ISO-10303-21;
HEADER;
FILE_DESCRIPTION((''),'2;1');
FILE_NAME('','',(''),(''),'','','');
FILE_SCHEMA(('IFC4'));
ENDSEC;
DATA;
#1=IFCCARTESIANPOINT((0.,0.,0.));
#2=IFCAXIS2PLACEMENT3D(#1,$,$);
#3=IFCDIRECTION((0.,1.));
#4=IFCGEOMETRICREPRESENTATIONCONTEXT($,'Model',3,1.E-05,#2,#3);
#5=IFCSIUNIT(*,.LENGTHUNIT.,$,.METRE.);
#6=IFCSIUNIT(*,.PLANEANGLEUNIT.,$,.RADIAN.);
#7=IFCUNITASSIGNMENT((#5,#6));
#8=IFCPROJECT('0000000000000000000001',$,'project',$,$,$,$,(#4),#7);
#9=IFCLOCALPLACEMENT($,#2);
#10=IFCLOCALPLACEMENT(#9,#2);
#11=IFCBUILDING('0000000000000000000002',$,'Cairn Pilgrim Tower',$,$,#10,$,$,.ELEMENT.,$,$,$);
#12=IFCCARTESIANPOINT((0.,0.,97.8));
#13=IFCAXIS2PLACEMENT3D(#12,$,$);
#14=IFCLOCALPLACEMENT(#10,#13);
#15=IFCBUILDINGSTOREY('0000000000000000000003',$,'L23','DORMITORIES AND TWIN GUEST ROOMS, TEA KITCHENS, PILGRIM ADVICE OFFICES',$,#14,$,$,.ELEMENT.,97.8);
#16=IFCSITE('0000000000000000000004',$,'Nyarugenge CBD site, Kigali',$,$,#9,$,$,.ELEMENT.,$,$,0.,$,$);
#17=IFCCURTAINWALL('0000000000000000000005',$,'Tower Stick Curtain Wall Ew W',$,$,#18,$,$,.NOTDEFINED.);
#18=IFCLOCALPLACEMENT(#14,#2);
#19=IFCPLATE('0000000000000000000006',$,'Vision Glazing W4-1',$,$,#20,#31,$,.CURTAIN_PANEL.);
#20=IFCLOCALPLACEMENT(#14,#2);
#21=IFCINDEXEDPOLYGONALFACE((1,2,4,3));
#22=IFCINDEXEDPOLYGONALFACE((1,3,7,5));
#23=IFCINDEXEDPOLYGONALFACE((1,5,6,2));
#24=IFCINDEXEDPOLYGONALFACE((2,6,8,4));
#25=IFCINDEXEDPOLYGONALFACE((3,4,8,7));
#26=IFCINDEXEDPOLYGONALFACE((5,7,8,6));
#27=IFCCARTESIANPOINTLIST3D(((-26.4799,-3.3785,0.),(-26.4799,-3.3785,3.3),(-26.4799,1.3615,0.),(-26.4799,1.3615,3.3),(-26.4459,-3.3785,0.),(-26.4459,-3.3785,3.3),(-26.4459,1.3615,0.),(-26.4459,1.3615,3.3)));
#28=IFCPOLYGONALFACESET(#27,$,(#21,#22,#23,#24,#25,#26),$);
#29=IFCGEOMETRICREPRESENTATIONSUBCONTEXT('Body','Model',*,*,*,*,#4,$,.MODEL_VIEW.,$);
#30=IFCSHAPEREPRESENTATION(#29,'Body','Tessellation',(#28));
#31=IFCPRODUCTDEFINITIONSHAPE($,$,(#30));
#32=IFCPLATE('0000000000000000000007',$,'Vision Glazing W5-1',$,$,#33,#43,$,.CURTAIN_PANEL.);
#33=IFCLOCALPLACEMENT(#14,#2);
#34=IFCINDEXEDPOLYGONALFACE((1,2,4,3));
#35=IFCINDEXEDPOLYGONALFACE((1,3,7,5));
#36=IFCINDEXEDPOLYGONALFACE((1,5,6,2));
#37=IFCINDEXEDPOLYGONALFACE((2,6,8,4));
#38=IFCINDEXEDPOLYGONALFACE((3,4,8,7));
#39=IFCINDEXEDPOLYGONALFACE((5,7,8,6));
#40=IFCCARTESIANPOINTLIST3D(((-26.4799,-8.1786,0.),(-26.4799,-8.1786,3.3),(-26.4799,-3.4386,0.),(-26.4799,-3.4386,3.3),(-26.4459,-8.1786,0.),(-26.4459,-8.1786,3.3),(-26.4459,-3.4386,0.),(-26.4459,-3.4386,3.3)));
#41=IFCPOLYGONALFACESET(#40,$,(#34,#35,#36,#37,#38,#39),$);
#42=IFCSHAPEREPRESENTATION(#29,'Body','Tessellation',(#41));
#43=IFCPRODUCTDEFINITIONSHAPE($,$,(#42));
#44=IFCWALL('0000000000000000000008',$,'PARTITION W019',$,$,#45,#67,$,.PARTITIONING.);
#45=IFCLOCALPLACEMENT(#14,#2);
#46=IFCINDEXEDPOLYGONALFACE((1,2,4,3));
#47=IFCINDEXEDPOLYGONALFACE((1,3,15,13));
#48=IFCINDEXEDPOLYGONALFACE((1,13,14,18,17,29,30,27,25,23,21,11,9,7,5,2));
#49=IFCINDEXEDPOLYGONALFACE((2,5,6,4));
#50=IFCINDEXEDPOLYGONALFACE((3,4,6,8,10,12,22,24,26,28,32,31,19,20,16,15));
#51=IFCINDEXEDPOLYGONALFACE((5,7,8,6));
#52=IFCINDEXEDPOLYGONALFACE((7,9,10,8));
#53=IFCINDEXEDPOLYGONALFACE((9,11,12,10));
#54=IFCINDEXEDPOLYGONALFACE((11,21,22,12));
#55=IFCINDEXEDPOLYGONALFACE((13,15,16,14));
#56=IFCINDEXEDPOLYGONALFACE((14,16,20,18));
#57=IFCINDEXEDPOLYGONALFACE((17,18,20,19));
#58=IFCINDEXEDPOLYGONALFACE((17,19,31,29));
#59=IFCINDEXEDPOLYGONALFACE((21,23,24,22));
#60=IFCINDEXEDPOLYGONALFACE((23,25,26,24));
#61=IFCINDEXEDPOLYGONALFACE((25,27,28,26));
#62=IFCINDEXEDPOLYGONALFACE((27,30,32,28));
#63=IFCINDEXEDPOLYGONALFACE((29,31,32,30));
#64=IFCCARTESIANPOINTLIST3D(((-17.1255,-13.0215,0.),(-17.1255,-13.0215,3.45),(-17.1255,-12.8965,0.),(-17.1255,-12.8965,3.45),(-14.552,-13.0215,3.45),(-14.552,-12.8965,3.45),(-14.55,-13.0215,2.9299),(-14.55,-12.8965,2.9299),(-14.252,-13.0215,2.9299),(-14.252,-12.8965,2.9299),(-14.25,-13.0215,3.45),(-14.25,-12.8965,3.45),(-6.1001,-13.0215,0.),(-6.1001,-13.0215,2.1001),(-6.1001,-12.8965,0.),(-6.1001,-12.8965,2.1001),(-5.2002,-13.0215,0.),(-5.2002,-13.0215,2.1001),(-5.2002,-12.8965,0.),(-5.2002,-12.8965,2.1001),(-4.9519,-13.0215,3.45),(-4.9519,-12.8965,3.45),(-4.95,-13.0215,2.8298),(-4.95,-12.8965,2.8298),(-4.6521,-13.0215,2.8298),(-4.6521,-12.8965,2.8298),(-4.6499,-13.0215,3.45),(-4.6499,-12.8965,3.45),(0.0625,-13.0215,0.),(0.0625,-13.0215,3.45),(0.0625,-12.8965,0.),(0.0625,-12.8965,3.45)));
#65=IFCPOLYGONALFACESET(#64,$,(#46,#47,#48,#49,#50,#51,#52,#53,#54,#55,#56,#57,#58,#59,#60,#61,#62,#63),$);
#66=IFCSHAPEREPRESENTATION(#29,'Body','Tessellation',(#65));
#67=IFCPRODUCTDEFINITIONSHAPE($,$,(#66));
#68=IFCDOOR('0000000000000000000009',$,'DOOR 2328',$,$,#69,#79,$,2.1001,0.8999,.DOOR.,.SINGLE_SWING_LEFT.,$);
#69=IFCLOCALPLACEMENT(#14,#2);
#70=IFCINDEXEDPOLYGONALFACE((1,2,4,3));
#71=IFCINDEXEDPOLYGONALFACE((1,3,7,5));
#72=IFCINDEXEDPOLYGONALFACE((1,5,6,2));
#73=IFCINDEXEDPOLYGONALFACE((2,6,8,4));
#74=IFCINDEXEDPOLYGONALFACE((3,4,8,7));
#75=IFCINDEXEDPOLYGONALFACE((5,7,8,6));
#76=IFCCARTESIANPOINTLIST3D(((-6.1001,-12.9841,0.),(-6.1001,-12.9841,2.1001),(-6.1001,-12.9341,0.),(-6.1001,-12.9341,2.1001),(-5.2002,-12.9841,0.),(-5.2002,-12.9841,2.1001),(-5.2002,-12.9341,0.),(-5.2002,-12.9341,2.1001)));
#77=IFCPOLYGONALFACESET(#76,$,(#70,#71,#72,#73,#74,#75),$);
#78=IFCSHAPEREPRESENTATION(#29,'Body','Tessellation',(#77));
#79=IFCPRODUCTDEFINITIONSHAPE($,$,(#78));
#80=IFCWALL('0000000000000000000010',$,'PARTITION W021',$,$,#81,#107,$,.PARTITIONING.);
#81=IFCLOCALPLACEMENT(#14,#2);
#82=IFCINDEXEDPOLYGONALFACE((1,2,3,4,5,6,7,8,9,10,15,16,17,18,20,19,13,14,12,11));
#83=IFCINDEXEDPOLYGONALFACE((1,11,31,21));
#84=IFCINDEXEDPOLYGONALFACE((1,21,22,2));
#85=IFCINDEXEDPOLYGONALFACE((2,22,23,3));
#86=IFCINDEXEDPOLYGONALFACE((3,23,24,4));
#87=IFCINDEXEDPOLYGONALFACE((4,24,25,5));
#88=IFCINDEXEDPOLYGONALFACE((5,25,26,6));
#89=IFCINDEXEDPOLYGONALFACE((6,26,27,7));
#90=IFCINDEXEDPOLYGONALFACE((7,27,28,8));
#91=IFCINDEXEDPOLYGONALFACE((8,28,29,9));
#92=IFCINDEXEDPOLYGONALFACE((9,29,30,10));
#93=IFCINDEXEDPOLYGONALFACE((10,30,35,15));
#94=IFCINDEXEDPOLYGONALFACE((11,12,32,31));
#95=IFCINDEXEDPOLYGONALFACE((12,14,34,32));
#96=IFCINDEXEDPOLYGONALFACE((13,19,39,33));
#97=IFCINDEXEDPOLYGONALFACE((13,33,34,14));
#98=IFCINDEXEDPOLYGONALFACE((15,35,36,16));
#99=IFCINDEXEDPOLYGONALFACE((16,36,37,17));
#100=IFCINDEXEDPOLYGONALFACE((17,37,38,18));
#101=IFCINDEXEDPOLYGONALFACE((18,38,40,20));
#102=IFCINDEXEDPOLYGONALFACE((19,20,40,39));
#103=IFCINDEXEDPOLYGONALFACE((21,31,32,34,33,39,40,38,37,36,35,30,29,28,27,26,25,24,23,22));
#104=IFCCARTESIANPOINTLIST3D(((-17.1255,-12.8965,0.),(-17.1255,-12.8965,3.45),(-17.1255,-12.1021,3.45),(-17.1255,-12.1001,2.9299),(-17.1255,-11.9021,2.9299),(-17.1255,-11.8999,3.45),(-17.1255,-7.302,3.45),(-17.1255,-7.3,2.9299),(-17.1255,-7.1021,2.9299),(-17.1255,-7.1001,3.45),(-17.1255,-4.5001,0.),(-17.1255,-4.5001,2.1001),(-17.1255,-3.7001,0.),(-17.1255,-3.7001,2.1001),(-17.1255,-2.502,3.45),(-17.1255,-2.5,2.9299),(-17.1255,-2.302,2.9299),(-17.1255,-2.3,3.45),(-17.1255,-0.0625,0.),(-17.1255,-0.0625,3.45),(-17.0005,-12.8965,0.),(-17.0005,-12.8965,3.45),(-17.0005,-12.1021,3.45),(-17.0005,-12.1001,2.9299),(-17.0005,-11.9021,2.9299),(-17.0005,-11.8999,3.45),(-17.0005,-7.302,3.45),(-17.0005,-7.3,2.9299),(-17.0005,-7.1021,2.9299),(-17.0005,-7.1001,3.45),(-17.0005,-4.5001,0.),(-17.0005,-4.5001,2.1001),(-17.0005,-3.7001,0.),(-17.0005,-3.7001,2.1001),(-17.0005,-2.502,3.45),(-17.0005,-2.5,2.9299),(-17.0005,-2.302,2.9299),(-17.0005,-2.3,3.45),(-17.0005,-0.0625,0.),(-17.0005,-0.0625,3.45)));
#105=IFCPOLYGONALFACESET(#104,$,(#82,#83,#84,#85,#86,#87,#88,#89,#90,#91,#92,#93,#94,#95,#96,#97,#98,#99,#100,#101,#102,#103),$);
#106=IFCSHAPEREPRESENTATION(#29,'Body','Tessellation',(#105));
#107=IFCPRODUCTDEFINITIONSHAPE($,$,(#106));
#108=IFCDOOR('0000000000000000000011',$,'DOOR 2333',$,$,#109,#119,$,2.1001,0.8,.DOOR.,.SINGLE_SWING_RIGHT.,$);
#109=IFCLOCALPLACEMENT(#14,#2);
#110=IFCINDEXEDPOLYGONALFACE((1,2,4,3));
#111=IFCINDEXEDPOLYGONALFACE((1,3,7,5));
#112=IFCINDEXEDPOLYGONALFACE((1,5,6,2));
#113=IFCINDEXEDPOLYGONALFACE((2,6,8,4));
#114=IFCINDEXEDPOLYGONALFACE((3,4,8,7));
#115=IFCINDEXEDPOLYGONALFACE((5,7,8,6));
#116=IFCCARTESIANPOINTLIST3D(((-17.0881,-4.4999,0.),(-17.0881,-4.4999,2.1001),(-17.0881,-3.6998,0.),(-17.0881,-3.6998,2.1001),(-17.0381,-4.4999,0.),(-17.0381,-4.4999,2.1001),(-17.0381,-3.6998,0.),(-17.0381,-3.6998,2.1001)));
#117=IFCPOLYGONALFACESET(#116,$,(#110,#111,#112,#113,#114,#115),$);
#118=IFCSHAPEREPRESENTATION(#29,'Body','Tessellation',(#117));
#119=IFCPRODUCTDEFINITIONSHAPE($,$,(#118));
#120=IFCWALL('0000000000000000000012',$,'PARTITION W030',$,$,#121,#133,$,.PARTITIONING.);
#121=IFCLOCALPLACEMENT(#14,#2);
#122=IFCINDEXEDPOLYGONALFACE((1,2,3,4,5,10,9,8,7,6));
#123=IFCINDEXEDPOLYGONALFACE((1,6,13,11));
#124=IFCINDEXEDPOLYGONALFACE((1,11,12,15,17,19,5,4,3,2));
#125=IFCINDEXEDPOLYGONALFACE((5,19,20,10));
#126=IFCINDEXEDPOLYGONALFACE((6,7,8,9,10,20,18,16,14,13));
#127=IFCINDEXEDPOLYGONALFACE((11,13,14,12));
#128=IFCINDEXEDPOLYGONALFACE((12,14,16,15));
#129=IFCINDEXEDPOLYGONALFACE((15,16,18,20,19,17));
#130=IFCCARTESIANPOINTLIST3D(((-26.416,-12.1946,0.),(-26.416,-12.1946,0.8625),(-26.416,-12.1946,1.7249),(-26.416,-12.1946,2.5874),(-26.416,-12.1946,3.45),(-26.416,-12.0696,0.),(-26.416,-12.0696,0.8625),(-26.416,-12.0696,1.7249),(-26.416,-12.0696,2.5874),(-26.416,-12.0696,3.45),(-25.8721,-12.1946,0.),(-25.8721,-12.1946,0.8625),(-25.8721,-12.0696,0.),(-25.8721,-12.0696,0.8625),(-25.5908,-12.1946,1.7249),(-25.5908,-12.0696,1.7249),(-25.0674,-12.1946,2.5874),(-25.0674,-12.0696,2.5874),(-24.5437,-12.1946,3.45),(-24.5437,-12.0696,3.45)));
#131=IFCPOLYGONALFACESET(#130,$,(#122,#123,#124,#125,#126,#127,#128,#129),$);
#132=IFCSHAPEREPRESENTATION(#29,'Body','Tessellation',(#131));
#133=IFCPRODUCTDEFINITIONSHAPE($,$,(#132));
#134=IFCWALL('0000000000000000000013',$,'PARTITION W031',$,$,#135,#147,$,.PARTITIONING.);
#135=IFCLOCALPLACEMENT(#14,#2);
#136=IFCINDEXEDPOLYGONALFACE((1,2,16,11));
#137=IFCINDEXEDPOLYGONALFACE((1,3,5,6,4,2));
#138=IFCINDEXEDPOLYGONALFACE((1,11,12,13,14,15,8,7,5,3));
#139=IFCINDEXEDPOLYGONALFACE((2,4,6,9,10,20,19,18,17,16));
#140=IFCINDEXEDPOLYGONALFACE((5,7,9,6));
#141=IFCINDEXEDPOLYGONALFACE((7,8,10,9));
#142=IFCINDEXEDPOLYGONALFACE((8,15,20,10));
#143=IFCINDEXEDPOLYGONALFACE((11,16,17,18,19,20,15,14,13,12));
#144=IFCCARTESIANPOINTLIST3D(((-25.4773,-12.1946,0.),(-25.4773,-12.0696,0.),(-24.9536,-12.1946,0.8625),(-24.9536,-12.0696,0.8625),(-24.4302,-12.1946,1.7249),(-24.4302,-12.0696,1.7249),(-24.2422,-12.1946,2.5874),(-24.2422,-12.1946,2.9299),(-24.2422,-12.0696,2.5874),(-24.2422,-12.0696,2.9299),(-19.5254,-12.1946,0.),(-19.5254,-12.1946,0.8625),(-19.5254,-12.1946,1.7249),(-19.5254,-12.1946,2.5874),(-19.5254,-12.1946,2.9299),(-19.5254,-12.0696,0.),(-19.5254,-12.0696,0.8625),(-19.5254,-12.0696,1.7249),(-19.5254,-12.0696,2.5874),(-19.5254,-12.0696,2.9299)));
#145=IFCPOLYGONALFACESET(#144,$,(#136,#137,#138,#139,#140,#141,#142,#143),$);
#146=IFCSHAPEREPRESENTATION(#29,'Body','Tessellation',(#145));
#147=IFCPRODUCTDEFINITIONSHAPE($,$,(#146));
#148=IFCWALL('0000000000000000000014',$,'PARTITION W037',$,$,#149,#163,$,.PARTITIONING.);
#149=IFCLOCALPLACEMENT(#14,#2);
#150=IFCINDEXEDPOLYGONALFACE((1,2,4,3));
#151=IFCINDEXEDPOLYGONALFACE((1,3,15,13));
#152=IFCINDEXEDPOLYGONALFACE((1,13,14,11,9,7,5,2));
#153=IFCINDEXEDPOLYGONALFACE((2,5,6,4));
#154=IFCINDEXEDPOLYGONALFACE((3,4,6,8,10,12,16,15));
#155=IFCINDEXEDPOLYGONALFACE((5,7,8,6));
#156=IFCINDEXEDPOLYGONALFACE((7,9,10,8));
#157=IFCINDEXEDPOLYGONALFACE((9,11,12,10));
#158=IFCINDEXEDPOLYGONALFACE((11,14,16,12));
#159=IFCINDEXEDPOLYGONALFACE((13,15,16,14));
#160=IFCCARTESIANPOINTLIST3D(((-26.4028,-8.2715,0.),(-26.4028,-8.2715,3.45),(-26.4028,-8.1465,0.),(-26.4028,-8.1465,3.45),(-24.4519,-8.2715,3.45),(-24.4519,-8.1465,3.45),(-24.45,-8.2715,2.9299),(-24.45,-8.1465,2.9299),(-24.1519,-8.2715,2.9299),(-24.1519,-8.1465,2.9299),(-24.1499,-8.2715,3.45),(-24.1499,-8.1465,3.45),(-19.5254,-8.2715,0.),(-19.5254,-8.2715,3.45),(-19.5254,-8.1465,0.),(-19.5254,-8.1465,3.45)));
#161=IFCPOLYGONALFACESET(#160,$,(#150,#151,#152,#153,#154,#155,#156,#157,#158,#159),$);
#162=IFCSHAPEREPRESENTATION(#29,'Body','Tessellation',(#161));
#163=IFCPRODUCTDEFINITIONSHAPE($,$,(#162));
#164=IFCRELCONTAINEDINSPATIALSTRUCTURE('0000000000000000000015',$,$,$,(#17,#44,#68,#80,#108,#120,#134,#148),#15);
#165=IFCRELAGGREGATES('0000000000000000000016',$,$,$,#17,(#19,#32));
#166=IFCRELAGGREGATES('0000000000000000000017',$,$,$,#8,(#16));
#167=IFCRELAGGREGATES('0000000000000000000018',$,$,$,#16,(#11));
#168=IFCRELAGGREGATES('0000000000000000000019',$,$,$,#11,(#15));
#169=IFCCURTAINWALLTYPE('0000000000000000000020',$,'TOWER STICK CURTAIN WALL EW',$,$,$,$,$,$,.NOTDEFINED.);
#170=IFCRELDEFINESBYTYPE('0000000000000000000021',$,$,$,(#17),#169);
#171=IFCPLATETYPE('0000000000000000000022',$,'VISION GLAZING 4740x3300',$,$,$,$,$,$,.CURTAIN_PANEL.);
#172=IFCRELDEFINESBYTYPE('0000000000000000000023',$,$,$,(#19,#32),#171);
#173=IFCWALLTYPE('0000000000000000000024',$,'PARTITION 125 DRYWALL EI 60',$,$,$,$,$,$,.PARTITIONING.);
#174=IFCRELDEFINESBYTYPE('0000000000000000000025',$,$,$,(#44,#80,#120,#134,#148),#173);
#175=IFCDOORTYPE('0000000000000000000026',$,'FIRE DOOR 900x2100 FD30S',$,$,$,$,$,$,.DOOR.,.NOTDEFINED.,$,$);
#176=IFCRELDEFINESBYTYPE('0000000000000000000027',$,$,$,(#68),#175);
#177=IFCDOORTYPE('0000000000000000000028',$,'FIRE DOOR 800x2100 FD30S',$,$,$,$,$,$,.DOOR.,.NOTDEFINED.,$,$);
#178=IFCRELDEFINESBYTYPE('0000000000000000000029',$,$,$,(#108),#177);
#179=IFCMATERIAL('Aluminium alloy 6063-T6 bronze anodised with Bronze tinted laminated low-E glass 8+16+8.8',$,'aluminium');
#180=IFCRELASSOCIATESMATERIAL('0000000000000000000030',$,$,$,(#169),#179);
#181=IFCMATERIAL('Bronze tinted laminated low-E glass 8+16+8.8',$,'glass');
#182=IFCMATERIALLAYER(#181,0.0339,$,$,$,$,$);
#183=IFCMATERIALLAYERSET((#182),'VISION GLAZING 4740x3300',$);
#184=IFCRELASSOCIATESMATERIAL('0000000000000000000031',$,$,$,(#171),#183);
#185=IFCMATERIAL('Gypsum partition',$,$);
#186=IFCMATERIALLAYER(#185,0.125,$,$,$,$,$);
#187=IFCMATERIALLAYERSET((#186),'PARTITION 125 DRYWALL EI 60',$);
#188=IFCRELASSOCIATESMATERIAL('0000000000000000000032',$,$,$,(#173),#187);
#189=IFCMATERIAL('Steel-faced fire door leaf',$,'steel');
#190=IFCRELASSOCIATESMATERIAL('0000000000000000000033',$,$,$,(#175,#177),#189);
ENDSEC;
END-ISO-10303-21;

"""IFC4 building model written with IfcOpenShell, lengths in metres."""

from ifc_helpers import new_model, si_unit, direction, frame, frame_2d, origin, origin_2d, place, context, subcontext, project, spatial, polyline, rectangle, outline, extrude, material, layer, layer_set, type_object, element, fill, aggregate, save


model = new_model("IFC4")

# Units and contexts
model_context = context("Model", 3, precision=1e-05, world=origin(), true_north=direction((0.0, 1.0)))
body_context = subcontext(model_context, "Body", "Model", "MODEL_VIEW")
ifc_project = project(units=[si_unit("LENGTHUNIT", "METRE"), si_unit("PLANEANGLEUNIT", "RADIAN")], contexts=[model_context])

# Site, building, storey
site_placement = place(None, origin())
site = spatial("IfcSite", under=ifc_project, at=site_placement, Name="Nyarugenge CBD site, Kigali", CompositionType="ELEMENT", RefElevation=0.0)
building_placement = place(site_placement, origin())
building = spatial("IfcBuilding", under=site, at=building_placement, Name="Cairn Pilgrim Tower", CompositionType="ELEMENT")
storey_placement = place(building_placement, frame((0.0, 0.0, 97.8)))
storey = spatial("IfcBuildingStorey", under=building, at=storey_placement, Name="L23", Description="DORMITORIES AND TWIN GUEST ROOMS, TEA KITCHENS, PILGRIM ADVICE OFFICES", CompositionType="ELEMENT", Elevation=97.8)

# Curtain wall
ifc_material_1 = material(Name="Aluminium alloy 6063-T6 bronze anodised with Bronze tinted laminated low-E glass 8+16+8.8", Category="aluminium")
curtain_wall_type_1 = type_object("IfcCurtainWallType", Name="TOWER STICK CURTAIN WALL EW", PredefinedType="NOTDEFINED", material=ifc_material_1)
curtain_wall_1_placement = place(storey_placement, origin())
curtain_wall_1 = element("IfcCurtainWall", 1, at=curtain_wall_1_placement, inside=storey, type_object=curtain_wall_type_1, Name="Tower Stick Curtain Wall Ew W", PredefinedType="NOTDEFINED")

# Plates
ifc_material_2 = material(Name="Bronze tinted laminated low-E glass 8+16+8.8", Category="glass")
ifc_layer_1 = layer(ifc_material_2, 0.0339)
ifc_layer_set_1 = layer_set([ifc_layer_1], Name="VISION GLAZING 4740x3300")
plate_type_1 = type_object("IfcPlateType", Name="VISION GLAZING 4740x3300", PredefinedType="CURTAIN_PANEL", material=ifc_layer_set_1)
plate_1_placement = place(storey_placement, frame((-26.4629, -1.0085, 0.0), z_axis=(0.0, 0.0, 1.0), x_axis=(0.0, -1.0, 0.0)))
plate_1 = element("IfcPlate", 2, at=plate_1_placement, type_object=plate_type_1, Name="Vision Glazing W4-1", PredefinedType="CURTAIN_PANEL", context=body_context, shape_type="SweptSolid", body=[
    extrude(rectangle(XDim=4.74, YDim=0.0339, at=origin_2d()), origin(), (0.0, 0.0, 1.0), 3.3),
])
plate_2_placement = place(storey_placement, frame((-26.4629, -5.8086, 0.0), z_axis=(0.0, 0.0, 1.0), x_axis=(0.0, -1.0, 0.0)))
plate_2 = element("IfcPlate", 3, at=plate_2_placement, type_object=plate_type_1, Name="Vision Glazing W5-1", PredefinedType="CURTAIN_PANEL", context=body_context, shape_type="SweptSolid", body=[
    extrude(rectangle(XDim=4.74, YDim=0.0339, at=origin_2d()), origin(), (0.0, 0.0, 1.0), 3.3),
])
aggregate(curtain_wall_1, [plate_1, plate_2])

# Walls, openings, doors
ifc_material_3 = material(Name="Gypsum partition")
ifc_layer_2 = layer(ifc_material_3, 0.125)
ifc_layer_set_2 = layer_set([ifc_layer_2], Name="PARTITION 125 DRYWALL EI 60")
wall_type_1 = type_object("IfcWallType", Name="PARTITION 125 DRYWALL EI 60", PredefinedType="PARTITIONING", material=ifc_layer_set_2)
wall_1_placement = place(storey_placement, frame((-17.1255, -12.959, 0.0), z_axis=(0.0, 0.0, 1.0), x_axis=(1.0, 0.0, 0.0)))
wall_1 = element("IfcWall", 4, at=wall_1_placement, inside=storey, type_object=wall_type_1, Name="PARTITION W019", PredefinedType="PARTITIONING", context=body_context, shape_type="SweptSolid", body=[
    extrude(outline(polyline([(0.0, 0.0), (17.188, 0.0), (17.188, 3.45), (12.4756, 3.45), (12.4734, 2.8298), (12.1755, 2.8298), (12.1736, 3.45), (2.8755, 3.45), (2.8735, 2.9299), (2.5754, 2.9299), (2.5735, 3.45), (0.0, 3.45), (0.0, 0.0)])), frame((0.0, 0.0625, 0.0), z_axis=(0.0, -1.0, 0.0), x_axis=(1.0, 0.0, 0.0)), (0.0, 0.0, 1.0), 0.125),
])
opening_1_placement = place(wall_1_placement, frame((11.0254, 0.0, 0.0)))
opening_1 = element("IfcOpeningElement", 5, at=opening_1_placement, cuts=wall_1, PredefinedType="OPENING", context=body_context, shape_type="SweptSolid", body=[
    extrude(rectangle(XDim=0.8999, YDim=2.1001, at=frame_2d((0.45, 1.05))), frame((0.0, 0.0725, 0.0), z_axis=(0.0, -1.0, 0.0), x_axis=(1.0, 0.0, 0.0)), (0.0, 0.0, 1.0), 0.145),
])
ifc_material_4 = material(Name="Steel-faced fire door leaf", Category="steel")
door_type_1 = type_object("IfcDoorType", Name="FIRE DOOR 900x2100 FD30S", OperationType="NOTDEFINED", PredefinedType="DOOR", material=ifc_material_4)
door_1_placement = place(opening_1_placement, origin())
door_1 = element("IfcDoor", 6, at=door_1_placement, inside=storey, type_object=door_type_1, Name="DOOR 2328", OperationType="SINGLE_SWING_LEFT", OverallHeight=2.1001, OverallWidth=0.8999, PredefinedType="DOOR", context=body_context, shape_type="SweptSolid", body=[
    extrude(rectangle(XDim=0.8999, YDim=2.1001, at=frame_2d((0.45, 1.05))), frame((0.0, 0.0249, 0.0), z_axis=(0.0, -1.0, 0.0), x_axis=(1.0, 0.0, 0.0)), (0.0, 0.0, 1.0), 0.05),
])
fill(opening_1, door_1)
wall_2_placement = place(storey_placement, frame((-17.063, -12.8965, 0.0), z_axis=(0.0, 0.0, 1.0), x_axis=(0.0, 1.0, 0.0)))
wall_2 = element("IfcWall", 7, at=wall_2_placement, inside=storey, type_object=wall_type_1, Name="PARTITION W021", PredefinedType="PARTITIONING", context=body_context, shape_type="SweptSolid", body=[
    extrude(outline(polyline([(0.0, 0.0), (12.834, 0.0), (12.834, 3.45), (10.5964, 3.45), (10.5945, 2.9299), (10.3965, 2.9299), (10.3945, 3.45), (5.7964, 3.45), (5.7944, 2.9299), (5.5964, 2.9299), (5.5945, 3.45), (0.9966, 3.45), (0.9944, 2.9299), (0.7964, 2.9299), (0.7944, 3.45), (0.0, 3.45), (0.0, 0.0)])), frame((0.0, 0.0625, 0.0), z_axis=(0.0, -1.0, 0.0), x_axis=(1.0, 0.0, 0.0)), (0.0, 0.0, 1.0), 0.125),
])
opening_2_placement = place(wall_2_placement, frame((8.3965, 0.0, 0.0)))
opening_2 = element("IfcOpeningElement", 8, at=opening_2_placement, cuts=wall_2, PredefinedType="OPENING", context=body_context, shape_type="SweptSolid", body=[
    extrude(rectangle(XDim=0.8, YDim=2.1001, at=frame_2d((0.3999, 1.05))), frame((0.0, 0.0725, 0.0), z_axis=(0.0, -1.0, 0.0), x_axis=(1.0, 0.0, 0.0)), (0.0, 0.0, 1.0), 0.145),
])
door_type_2 = type_object("IfcDoorType", Name="FIRE DOOR 800x2100 FD30S", OperationType="NOTDEFINED", PredefinedType="DOOR", material=ifc_material_4)
door_2_placement = place(opening_2_placement, frame((0.8, 0.0, 0.0), z_axis=(0.0, 0.0, 1.0), x_axis=(-1.0, 0.0, 0.0)))
door_2 = element("IfcDoor", 9, at=door_2_placement, inside=storey, type_object=door_type_2, Name="DOOR 2333", OperationType="SINGLE_SWING_RIGHT", OverallHeight=2.1001, OverallWidth=0.8, PredefinedType="DOOR", context=body_context, shape_type="SweptSolid", body=[
    extrude(rectangle(XDim=0.8, YDim=2.1001, at=frame_2d((0.3999, 1.05))), frame((0.0, 0.0249, 0.0), z_axis=(0.0, -1.0, 0.0), x_axis=(1.0, 0.0, 0.0)), (0.0, 0.0, 1.0), 0.05),
])
fill(opening_2, door_2)

# Walls
wall_3_placement = place(storey_placement, frame((-26.416, -12.1321, 0.0), z_axis=(0.0, 0.0, 1.0), x_axis=(1.0, 0.0, 0.0)))
element("IfcWall", 10, at=wall_3_placement, inside=storey, type_object=wall_type_1, Name="PARTITION W030", PredefinedType="PARTITIONING", context=body_context, shape_type="SweptSolid", body=[
    extrude(outline(polyline([(0.0, 0.0), (0.5439, 0.0), (0.5439, 0.8625), (0.8252, 1.7249), (1.3486, 2.5874), (1.8723, 3.45), (0.0, 3.45), (0.0, 2.5874), (0.0, 1.7249), (0.0, 0.8625), (0.0, 0.0)])), frame((0.0, 0.0625, 0.0), z_axis=(0.0, -1.0, 0.0), x_axis=(1.0, 0.0, 0.0)), (0.0, 0.0, 1.0), 0.125),
])
wall_4_placement = place(storey_placement, frame((-25.4773, -12.1321, 0.0), z_axis=(0.0, 0.0, 1.0), x_axis=(1.0, 0.0, 0.0)))
element("IfcWall", 11, at=wall_4_placement, inside=storey, type_object=wall_type_1, Name="PARTITION W031", PredefinedType="PARTITIONING", context=body_context, shape_type="SweptSolid", body=[
    extrude(outline(polyline([(0.0, 0.0), (5.9519, 0.0), (5.9519, 0.8625), (5.9519, 1.7249), (5.9519, 2.5874), (5.9519, 2.9299), (1.2351, 2.9299), (1.2351, 2.5874), (1.0471, 1.7249), (0.5237, 0.8625), (0.0, 0.0)])), frame((0.0, 0.0625, 0.0), z_axis=(0.0, -1.0, 0.0), x_axis=(1.0, 0.0, 0.0)), (0.0, 0.0, 1.0), 0.125),
])
wall_5_placement = place(storey_placement, frame((-26.4028, -8.209, 0.0), z_axis=(0.0, 0.0, 1.0), x_axis=(1.0, 0.0, 0.0)))
element("IfcWall", 12, at=wall_5_placement, inside=storey, type_object=wall_type_1, Name="PARTITION W037", PredefinedType="PARTITIONING", context=body_context, shape_type="SweptSolid", body=[
    extrude(outline(polyline([(0.0, 0.0), (6.8774, 0.0), (6.8774, 3.45), (2.2529, 3.45), (2.251, 2.9299), (1.9529, 2.9299), (1.9509, 3.45), (0.0, 3.45), (0.0, 0.0)])), frame((0.0, 0.0625, 0.0), z_axis=(0.0, -1.0, 0.0), x_axis=(1.0, 0.0, 0.0)), (0.0, 0.0, 1.0), 0.125),
])

save(model, "model.ifc")
